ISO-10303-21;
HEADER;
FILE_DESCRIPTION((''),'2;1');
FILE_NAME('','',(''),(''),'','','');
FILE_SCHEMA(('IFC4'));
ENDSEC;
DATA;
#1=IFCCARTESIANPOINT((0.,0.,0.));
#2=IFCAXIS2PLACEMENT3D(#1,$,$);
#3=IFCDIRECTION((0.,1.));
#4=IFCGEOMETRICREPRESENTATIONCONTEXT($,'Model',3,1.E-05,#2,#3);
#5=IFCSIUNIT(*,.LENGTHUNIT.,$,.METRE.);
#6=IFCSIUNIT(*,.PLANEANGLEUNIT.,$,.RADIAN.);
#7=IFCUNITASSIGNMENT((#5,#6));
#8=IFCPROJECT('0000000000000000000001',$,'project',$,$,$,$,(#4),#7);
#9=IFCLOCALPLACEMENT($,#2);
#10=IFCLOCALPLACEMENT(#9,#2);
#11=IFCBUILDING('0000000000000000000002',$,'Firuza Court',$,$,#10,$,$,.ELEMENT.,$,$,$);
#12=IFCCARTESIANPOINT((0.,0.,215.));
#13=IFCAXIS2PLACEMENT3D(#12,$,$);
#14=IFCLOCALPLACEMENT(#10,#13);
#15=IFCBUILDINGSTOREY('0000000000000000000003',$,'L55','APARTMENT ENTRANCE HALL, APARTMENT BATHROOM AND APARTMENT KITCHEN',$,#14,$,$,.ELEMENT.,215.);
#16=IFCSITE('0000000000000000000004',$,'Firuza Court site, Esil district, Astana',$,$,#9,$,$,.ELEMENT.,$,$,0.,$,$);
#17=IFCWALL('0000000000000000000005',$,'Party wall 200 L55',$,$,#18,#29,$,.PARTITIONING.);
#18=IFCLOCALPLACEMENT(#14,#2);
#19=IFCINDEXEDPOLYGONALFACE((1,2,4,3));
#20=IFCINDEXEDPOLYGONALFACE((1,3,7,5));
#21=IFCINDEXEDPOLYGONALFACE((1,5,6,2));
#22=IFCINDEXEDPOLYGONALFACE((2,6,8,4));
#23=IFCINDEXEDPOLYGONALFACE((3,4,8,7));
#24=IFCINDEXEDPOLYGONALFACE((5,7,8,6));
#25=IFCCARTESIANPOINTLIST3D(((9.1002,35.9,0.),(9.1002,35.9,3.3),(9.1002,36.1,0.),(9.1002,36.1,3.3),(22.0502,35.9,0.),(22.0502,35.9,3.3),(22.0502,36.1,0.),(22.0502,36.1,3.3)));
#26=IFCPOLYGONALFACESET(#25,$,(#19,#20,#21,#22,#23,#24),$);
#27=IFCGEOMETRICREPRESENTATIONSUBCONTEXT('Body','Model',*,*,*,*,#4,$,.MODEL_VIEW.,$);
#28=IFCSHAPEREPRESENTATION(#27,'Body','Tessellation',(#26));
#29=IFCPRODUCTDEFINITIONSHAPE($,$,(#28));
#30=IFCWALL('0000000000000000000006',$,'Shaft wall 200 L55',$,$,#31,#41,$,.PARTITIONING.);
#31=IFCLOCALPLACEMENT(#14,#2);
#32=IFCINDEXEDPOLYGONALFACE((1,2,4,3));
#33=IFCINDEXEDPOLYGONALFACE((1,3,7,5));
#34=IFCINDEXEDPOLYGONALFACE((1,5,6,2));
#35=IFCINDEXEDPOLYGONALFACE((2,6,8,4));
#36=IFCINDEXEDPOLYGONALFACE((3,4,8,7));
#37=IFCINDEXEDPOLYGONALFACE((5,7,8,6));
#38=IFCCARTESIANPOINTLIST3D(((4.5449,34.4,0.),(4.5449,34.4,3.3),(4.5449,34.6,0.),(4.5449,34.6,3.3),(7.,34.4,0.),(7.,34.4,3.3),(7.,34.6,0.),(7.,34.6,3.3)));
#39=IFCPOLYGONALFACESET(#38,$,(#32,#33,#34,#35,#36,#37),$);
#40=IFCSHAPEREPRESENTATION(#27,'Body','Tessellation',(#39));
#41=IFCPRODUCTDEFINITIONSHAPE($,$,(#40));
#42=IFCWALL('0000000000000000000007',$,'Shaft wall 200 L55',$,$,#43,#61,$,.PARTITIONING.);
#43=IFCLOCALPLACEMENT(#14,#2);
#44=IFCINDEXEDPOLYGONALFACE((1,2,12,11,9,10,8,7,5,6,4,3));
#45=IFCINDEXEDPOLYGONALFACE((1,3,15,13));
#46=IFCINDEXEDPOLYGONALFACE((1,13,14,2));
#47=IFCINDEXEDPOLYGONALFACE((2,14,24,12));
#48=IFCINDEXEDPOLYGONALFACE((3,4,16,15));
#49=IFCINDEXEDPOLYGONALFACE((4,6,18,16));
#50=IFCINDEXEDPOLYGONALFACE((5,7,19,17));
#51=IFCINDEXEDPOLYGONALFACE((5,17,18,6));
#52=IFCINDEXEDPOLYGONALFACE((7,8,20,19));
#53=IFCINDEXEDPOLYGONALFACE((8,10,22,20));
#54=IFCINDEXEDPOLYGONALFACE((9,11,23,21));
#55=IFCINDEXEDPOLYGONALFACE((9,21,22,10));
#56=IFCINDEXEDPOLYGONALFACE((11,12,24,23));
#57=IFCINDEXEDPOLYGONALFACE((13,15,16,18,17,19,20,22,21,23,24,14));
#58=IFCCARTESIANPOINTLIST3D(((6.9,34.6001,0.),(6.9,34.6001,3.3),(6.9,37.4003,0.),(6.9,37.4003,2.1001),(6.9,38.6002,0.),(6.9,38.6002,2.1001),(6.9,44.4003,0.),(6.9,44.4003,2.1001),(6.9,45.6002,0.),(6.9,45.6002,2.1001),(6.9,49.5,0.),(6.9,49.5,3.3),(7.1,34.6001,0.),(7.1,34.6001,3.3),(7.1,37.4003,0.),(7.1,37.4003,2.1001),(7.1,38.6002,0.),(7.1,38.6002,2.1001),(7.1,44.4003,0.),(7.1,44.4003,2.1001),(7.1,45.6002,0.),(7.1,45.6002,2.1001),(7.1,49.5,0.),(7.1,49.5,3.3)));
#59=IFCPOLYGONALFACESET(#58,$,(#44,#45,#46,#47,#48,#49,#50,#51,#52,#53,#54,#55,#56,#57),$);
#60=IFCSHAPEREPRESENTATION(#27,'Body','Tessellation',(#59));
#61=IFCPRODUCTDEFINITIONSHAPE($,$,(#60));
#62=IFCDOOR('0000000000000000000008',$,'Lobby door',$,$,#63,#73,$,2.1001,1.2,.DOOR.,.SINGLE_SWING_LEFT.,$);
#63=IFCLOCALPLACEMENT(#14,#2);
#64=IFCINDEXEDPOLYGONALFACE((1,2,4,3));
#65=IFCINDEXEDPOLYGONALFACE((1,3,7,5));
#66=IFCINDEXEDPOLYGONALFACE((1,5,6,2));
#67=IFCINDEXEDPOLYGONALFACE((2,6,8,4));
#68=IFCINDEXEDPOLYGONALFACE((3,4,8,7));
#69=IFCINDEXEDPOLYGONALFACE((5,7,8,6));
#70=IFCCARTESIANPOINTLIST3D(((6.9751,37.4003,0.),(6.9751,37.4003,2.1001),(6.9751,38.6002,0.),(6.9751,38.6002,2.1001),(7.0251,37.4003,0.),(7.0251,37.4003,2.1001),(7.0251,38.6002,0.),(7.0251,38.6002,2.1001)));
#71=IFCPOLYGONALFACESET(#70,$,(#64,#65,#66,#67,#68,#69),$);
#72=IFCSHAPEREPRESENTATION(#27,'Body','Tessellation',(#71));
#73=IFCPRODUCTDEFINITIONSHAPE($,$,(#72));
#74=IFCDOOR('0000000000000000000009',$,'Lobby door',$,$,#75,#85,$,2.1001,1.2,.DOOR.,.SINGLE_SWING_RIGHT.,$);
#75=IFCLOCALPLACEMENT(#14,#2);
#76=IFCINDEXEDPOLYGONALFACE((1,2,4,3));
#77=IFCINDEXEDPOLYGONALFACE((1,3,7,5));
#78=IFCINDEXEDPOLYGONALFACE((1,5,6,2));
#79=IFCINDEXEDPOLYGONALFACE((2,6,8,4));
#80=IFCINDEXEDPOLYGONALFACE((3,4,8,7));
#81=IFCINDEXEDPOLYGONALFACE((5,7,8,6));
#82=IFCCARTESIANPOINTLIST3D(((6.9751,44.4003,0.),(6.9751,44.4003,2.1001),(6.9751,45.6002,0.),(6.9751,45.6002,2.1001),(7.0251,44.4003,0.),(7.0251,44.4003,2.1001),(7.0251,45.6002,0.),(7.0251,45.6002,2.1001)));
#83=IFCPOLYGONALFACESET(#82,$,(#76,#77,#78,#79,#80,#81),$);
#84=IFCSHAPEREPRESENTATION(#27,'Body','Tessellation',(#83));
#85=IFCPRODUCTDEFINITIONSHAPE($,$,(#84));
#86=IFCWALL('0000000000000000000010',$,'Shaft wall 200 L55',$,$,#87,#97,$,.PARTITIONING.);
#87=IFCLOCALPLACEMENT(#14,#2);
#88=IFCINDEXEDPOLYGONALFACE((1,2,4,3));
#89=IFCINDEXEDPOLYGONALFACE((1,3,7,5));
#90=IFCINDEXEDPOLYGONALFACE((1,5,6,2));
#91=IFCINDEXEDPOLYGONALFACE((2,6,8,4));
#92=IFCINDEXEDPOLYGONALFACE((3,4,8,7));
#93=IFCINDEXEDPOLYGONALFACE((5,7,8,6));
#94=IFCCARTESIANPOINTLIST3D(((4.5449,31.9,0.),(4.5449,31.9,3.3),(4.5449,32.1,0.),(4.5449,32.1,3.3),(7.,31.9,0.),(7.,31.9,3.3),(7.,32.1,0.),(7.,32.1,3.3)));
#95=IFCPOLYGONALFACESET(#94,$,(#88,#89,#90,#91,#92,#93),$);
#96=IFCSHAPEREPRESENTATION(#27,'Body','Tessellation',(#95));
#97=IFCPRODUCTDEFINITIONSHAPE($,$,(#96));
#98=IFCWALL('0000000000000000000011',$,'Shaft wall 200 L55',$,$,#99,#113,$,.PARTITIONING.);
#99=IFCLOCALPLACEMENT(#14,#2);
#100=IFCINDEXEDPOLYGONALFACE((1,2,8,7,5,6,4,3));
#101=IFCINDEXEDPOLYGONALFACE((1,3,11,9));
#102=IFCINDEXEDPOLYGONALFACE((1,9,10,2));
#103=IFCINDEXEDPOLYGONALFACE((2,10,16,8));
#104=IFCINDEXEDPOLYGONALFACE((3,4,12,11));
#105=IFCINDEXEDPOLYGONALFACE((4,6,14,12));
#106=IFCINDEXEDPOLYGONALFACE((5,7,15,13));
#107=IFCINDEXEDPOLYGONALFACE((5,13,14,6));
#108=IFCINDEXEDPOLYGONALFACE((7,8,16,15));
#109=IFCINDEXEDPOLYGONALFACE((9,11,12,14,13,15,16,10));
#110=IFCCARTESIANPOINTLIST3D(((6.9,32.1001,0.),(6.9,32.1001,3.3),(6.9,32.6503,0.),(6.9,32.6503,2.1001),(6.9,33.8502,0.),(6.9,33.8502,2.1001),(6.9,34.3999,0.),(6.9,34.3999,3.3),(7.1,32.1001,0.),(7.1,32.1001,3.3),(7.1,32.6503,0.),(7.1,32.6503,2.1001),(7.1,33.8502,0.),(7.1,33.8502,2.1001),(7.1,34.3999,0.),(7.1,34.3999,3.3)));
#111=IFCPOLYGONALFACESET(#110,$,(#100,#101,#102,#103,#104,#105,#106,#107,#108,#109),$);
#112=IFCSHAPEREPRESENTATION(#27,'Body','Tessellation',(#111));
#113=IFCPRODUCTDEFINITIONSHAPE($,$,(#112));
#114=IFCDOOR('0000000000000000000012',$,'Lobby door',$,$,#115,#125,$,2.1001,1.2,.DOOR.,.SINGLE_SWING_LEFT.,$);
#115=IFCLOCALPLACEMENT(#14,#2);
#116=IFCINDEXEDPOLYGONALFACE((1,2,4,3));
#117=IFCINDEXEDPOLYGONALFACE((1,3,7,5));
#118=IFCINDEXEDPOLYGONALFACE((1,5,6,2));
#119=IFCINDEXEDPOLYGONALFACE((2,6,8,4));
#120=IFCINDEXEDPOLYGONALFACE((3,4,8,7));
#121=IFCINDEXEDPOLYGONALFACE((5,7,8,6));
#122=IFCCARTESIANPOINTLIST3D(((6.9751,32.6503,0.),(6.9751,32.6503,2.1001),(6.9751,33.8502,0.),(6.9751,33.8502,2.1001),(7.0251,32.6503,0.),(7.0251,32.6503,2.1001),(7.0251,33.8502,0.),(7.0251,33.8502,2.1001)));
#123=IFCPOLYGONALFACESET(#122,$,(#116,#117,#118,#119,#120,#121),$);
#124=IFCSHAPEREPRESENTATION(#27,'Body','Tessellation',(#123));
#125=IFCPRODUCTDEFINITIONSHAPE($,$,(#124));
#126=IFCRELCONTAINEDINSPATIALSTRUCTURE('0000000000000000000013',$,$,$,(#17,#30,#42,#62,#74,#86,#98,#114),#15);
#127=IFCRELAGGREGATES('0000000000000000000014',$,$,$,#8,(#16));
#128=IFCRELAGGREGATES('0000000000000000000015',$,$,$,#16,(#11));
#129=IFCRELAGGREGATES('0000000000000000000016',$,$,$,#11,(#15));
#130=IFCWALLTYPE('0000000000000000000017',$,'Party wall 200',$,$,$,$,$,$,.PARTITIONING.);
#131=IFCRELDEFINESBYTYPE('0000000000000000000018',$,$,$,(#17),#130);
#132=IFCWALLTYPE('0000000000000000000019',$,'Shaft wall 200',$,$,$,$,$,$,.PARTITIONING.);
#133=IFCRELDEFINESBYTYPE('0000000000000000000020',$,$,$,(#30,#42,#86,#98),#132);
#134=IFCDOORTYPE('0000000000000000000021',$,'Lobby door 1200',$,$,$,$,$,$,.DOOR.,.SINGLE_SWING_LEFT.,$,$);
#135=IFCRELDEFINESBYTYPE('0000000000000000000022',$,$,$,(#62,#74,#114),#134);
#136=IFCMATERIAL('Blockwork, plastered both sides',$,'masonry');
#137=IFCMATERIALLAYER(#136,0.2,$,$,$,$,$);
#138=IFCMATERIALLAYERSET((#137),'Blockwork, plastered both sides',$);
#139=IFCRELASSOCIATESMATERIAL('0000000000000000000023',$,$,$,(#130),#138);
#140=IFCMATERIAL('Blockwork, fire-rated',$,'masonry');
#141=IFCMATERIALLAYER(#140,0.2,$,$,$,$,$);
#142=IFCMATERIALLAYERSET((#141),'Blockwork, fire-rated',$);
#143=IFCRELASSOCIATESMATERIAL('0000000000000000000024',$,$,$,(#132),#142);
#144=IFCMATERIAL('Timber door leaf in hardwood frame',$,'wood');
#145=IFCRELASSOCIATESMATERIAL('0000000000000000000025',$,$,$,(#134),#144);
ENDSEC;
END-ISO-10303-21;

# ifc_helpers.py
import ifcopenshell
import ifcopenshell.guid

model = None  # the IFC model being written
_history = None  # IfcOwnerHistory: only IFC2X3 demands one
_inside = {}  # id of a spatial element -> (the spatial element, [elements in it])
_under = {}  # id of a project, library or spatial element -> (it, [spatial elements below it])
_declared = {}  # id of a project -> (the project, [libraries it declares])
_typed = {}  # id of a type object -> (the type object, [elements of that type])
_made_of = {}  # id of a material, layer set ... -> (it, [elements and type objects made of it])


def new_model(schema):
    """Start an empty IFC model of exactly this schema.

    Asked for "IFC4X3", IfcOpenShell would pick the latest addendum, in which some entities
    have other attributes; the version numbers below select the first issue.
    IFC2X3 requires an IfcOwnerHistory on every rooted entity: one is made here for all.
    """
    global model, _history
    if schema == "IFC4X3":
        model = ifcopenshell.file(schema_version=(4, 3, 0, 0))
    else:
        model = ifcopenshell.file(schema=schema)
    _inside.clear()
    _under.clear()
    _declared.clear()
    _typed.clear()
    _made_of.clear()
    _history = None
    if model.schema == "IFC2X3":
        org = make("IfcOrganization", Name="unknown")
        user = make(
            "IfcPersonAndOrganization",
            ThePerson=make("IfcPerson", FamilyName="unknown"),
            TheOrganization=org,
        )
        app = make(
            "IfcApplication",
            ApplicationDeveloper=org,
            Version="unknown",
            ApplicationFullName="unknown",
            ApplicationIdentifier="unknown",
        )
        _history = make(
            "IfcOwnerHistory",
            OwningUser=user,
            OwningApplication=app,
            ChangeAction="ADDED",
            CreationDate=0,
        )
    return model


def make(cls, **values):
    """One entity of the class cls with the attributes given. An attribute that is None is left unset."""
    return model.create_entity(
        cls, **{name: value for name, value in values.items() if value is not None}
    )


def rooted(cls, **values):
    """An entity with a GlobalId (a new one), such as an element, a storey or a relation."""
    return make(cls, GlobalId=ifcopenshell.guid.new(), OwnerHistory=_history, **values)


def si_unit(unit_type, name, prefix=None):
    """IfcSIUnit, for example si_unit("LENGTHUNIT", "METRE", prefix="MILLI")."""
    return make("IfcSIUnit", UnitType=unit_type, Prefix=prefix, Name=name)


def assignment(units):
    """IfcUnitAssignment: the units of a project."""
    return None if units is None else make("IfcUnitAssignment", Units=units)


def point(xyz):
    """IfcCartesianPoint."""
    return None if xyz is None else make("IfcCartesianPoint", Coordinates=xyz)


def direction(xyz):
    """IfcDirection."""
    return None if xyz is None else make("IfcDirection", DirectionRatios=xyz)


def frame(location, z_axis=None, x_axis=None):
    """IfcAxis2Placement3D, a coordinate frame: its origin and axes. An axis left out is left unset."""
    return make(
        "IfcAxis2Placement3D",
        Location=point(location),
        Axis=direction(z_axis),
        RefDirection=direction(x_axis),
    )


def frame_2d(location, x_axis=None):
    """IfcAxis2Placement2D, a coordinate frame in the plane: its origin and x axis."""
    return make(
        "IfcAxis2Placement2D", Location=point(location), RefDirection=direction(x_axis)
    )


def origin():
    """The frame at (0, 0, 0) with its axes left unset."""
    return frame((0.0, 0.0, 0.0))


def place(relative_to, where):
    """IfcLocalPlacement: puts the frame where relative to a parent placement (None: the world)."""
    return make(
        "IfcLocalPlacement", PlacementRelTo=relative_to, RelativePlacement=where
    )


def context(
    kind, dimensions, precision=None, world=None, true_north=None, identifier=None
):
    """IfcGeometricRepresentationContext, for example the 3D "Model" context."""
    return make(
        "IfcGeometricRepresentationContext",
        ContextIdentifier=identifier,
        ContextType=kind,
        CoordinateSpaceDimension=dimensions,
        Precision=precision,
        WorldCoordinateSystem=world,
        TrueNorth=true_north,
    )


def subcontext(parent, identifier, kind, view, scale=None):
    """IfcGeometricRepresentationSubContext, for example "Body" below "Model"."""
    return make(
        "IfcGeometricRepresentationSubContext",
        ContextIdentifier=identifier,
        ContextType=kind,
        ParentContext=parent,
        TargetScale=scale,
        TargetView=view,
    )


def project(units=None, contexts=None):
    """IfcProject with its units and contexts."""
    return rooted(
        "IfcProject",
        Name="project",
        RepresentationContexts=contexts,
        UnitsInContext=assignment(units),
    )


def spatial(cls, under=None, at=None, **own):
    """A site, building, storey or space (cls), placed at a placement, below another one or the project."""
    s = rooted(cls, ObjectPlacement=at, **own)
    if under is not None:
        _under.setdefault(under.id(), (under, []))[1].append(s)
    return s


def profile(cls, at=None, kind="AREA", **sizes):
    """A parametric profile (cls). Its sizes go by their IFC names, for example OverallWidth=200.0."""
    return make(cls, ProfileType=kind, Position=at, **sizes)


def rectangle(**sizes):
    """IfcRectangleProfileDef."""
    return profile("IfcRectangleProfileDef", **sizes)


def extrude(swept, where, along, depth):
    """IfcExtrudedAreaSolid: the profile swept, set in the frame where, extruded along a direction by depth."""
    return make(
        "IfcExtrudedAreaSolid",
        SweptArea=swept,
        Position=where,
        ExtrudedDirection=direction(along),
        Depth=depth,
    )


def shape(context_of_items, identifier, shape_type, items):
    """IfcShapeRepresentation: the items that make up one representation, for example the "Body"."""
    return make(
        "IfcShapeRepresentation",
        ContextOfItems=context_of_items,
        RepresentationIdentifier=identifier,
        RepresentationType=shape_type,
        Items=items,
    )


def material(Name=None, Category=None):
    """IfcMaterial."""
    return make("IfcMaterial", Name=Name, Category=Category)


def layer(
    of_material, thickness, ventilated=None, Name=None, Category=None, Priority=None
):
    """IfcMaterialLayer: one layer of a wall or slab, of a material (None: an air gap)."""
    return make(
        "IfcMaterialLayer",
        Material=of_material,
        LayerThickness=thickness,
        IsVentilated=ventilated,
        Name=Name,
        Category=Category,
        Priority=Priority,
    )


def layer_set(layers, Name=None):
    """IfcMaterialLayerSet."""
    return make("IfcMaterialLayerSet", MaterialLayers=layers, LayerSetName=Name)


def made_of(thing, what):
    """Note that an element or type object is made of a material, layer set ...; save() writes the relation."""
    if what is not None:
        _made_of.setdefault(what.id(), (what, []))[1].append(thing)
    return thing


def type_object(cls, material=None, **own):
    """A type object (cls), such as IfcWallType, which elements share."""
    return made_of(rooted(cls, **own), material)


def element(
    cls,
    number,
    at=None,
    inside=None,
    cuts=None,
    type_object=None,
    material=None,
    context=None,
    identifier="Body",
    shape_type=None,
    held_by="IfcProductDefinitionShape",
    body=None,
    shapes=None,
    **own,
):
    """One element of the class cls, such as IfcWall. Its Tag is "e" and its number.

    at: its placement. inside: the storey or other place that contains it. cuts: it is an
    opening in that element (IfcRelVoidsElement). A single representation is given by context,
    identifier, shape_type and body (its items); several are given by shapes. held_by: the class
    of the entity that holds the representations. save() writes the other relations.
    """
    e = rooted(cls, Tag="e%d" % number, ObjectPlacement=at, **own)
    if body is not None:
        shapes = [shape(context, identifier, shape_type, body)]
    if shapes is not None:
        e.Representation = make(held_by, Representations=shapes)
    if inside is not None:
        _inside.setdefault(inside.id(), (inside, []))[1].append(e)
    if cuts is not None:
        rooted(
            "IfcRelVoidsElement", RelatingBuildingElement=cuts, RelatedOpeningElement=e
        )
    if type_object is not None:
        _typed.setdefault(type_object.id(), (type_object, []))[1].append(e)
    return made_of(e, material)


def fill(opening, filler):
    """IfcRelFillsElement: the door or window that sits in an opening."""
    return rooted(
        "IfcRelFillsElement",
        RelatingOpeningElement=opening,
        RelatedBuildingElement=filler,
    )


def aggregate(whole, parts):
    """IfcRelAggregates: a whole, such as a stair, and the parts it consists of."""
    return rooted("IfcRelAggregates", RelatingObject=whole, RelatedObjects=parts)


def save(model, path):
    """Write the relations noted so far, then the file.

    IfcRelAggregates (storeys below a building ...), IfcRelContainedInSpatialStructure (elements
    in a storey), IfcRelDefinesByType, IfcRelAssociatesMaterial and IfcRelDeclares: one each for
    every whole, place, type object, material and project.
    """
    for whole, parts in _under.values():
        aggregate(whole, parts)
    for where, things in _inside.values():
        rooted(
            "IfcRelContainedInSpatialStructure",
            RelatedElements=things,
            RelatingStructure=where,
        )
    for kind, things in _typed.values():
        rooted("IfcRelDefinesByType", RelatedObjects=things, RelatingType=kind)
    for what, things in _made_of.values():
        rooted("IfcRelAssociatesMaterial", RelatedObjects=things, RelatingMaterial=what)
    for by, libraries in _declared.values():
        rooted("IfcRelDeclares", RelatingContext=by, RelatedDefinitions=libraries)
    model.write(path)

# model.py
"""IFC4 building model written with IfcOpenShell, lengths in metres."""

from ifc_helpers import new_model, si_unit, direction, frame, frame_2d, origin, place, context, subcontext, project, spatial, rectangle, extrude, material, layer, layer_set, type_object, element, fill, save


model = new_model("IFC4")

# Units and contexts
model_context = context("Model", 3, precision=1e-05, world=origin(), true_north=direction((0.0, 1.0)))
body_context = subcontext(model_context, "Body", "Model", "MODEL_VIEW")
ifc_project = project(units=[si_unit("LENGTHUNIT", "METRE"), si_unit("PLANEANGLEUNIT", "RADIAN")], contexts=[model_context])

# Site, building, storey
site_placement = place(None, origin())
site = spatial("IfcSite", under=ifc_project, at=site_placement, Name="Firuza Court site, Esil district, Astana", CompositionType="ELEMENT", RefElevation=0.0)
building_placement = place(site_placement, origin())
building = spatial("IfcBuilding", under=site, at=building_placement, Name="Firuza Court", CompositionType="ELEMENT")
storey_placement = place(building_placement, frame((0.0, 0.0, 215.0)))
storey = spatial("IfcBuildingStorey", under=building, at=storey_placement, Name="L55", Description="APARTMENT ENTRANCE HALL, APARTMENT BATHROOM AND APARTMENT KITCHEN", CompositionType="ELEMENT", Elevation=215.0)

# Shared definitions
ifc_material_1 = material(Name="Blockwork, plastered both sides", Category="masonry")

# Walls
ifc_layer_1 = layer(ifc_material_1, 0.2)
ifc_layer_set_1 = layer_set([ifc_layer_1], Name="Blockwork, plastered both sides")
wall_type_1 = type_object("IfcWallType", Name="Party wall 200", PredefinedType="PARTITIONING", material=ifc_layer_set_1)
wall_1_placement = place(storey_placement, frame((9.1001, 36.0, 0.0), z_axis=(0.0, 0.0, 1.0), x_axis=(1.0, 0.0, 0.0)))
element("IfcWall", 1, at=wall_1_placement, inside=storey, type_object=wall_type_1, Name="Party wall 200 L55", PredefinedType="PARTITIONING", context=body_context, shape_type="SweptSolid", body=[
    extrude(rectangle(XDim=12.95, YDim=0.2, at=frame_2d((6.4751, 0.0))), origin(), (0.0, 0.0, 1.0), 3.3),
])
ifc_material_2 = material(Name="Blockwork, fire-rated", Category="masonry")
ifc_layer_2 = layer(ifc_material_2, 0.2)
ifc_layer_set_2 = layer_set([ifc_layer_2], Name="Blockwork, fire-rated")
wall_type_2 = type_object("IfcWallType", Name="Shaft wall 200", PredefinedType="PARTITIONING", material=ifc_layer_set_2)
wall_2_placement = place(storey_placement, frame((4.5449, 34.5, 0.0), z_axis=(0.0, 0.0, 1.0), x_axis=(1.0, 0.0, 0.0)))
element("IfcWall", 2, at=wall_2_placement, inside=storey, type_object=wall_type_2, Name="Shaft wall 200 L55", PredefinedType="PARTITIONING", context=body_context, shape_type="SweptSolid", body=[
    extrude(rectangle(XDim=2.4551, YDim=0.2, at=frame_2d((1.2275, 0.0))), origin(), (0.0, 0.0, 1.0), 3.3),
])

# Wall, openings, doors
wall_3_placement = place(storey_placement, frame((7.0, 34.6001, 0.0), z_axis=(0.0, 0.0, 1.0), x_axis=(0.0, 1.0, 0.0)))
wall_3 = element("IfcWall", 3, at=wall_3_placement, inside=storey, type_object=wall_type_2, Name="Shaft wall 200 L55", PredefinedType="PARTITIONING", context=body_context, shape_type="SweptSolid", body=[
    extrude(rectangle(XDim=14.8999, YDim=0.2, at=frame_2d((7.45, 0.0))), origin(), (0.0, 0.0, 1.0), 3.3),
])
opening_1_placement = place(wall_3_placement, frame((2.8, 0.0, 0.0)))
opening_1 = element("IfcOpeningElement", 4, at=opening_1_placement, cuts=wall_3, PredefinedType="OPENING", context=body_context, shape_type="SweptSolid", body=[
    extrude(rectangle(XDim=1.2, YDim=2.1001, at=frame_2d((0.6001, 1.05))), frame((0.0, 0.1118, 0.0), z_axis=(0.0, -1.0, 0.0), x_axis=(1.0, 0.0, 0.0)), (0.0, 0.0, 1.0), 0.2239),
])
opening_2_placement = place(wall_3_placement, frame((9.8, 0.0, 0.0)))
opening_2 = element("IfcOpeningElement", 5, at=opening_2_placement, cuts=wall_3, PredefinedType="OPENING", context=body_context, shape_type="SweptSolid", body=[
    extrude(rectangle(XDim=1.2, YDim=2.1001, at=frame_2d((0.6001, 1.05))), frame((0.0, 0.1118, 0.0), z_axis=(0.0, -1.0, 0.0), x_axis=(1.0, 0.0, 0.0)), (0.0, 0.0, 1.0), 0.2239),
])
ifc_material_3 = material(Name="Timber door leaf in hardwood frame", Category="wood")
door_type_1 = type_object("IfcDoorType", Name="Lobby door 1200", OperationType="SINGLE_SWING_LEFT", PredefinedType="DOOR", material=ifc_material_3)
door_1_placement = place(opening_1_placement, origin())
door_1 = element("IfcDoor", 6, at=door_1_placement, inside=storey, type_object=door_type_1, Name="Lobby door", OperationType="SINGLE_SWING_LEFT", OverallHeight=2.1001, OverallWidth=1.2, PredefinedType="DOOR", context=body_context, shape_type="SweptSolid", body=[
    extrude(rectangle(XDim=1.2, YDim=2.1001, at=frame_2d((0.6001, 1.05))), frame((0.0, 0.0249, 0.0), z_axis=(0.0, -1.0, 0.0), x_axis=(1.0, 0.0, 0.0)), (0.0, 0.0, 1.0), 0.05),
])
fill(opening_1, door_1)
door_2_placement = place(opening_2_placement, origin())
door_2 = element("IfcDoor", 7, at=door_2_placement, inside=storey, type_object=door_type_1, Name="Lobby door", OperationType="SINGLE_SWING_RIGHT", OverallHeight=2.1001, OverallWidth=1.2, PredefinedType="DOOR", context=body_context, shape_type="SweptSolid", body=[
    extrude(rectangle(XDim=1.2, YDim=2.1001, at=frame_2d((0.6001, 1.05))), frame((0.0, 0.0249, 0.0), z_axis=(0.0, -1.0, 0.0), x_axis=(1.0, 0.0, 0.0)), (0.0, 0.0, 1.0), 0.05),
])
fill(opening_2, door_2)

# Wall
wall_4_placement = place(storey_placement, frame((4.5449, 32.0, 0.0), z_axis=(0.0, 0.0, 1.0), x_axis=(1.0, 0.0, 0.0)))
element("IfcWall", 8, at=wall_4_placement, inside=storey, type_object=wall_type_2, Name="Shaft wall 200 L55", PredefinedType="PARTITIONING", context=body_context, shape_type="SweptSolid", body=[
    extrude(rectangle(XDim=2.4551, YDim=0.2, at=frame_2d((1.2275, 0.0))), origin(), (0.0, 0.0, 1.0), 3.3),
])

# Wall, opening, door
wall_5_placement = place(storey_placement, frame((7.0, 32.1001, 0.0), z_axis=(0.0, 0.0, 1.0), x_axis=(0.0, 1.0, 0.0)))
wall_5 = element("IfcWall", 9, at=wall_5_placement, inside=storey, type_object=wall_type_2, Name="Shaft wall 200 L55", PredefinedType="PARTITIONING", context=body_context, shape_type="SweptSolid", body=[
    extrude(rectangle(XDim=2.2998, YDim=0.2, at=frame_2d((1.1499, 0.0))), origin(), (0.0, 0.0, 1.0), 3.3),
])
opening_3_placement = place(wall_5_placement, frame((0.55, 0.0, 0.0)))
opening_3 = element("IfcOpeningElement", 10, at=opening_3_placement, cuts=wall_5, PredefinedType="OPENING", context=body_context, shape_type="SweptSolid", body=[
    extrude(rectangle(XDim=1.2, YDim=2.1001, at=frame_2d((0.6001, 1.05))), frame((0.0, 0.1118, 0.0), z_axis=(0.0, -1.0, 0.0), x_axis=(1.0, 0.0, 0.0)), (0.0, 0.0, 1.0), 0.2239),
])
door_3_placement = place(opening_3_placement, origin())
door_3 = element("IfcDoor", 11, at=door_3_placement, inside=storey, type_object=door_type_1, Name="Lobby door", OperationType="SINGLE_SWING_LEFT", OverallHeight=2.1001, OverallWidth=1.2, PredefinedType="DOOR", context=body_context, shape_type="SweptSolid", body=[
    extrude(rectangle(XDim=1.2, YDim=2.1001, at=frame_2d((0.6001, 1.05))), frame((0.0, 0.0249, 0.0), z_axis=(0.0, -1.0, 0.0), x_axis=(1.0, 0.0, 0.0)), (0.0, 0.0, 1.0), 0.05),
])
fill(opening_3, door_3)

save(model, "model.ifc")
